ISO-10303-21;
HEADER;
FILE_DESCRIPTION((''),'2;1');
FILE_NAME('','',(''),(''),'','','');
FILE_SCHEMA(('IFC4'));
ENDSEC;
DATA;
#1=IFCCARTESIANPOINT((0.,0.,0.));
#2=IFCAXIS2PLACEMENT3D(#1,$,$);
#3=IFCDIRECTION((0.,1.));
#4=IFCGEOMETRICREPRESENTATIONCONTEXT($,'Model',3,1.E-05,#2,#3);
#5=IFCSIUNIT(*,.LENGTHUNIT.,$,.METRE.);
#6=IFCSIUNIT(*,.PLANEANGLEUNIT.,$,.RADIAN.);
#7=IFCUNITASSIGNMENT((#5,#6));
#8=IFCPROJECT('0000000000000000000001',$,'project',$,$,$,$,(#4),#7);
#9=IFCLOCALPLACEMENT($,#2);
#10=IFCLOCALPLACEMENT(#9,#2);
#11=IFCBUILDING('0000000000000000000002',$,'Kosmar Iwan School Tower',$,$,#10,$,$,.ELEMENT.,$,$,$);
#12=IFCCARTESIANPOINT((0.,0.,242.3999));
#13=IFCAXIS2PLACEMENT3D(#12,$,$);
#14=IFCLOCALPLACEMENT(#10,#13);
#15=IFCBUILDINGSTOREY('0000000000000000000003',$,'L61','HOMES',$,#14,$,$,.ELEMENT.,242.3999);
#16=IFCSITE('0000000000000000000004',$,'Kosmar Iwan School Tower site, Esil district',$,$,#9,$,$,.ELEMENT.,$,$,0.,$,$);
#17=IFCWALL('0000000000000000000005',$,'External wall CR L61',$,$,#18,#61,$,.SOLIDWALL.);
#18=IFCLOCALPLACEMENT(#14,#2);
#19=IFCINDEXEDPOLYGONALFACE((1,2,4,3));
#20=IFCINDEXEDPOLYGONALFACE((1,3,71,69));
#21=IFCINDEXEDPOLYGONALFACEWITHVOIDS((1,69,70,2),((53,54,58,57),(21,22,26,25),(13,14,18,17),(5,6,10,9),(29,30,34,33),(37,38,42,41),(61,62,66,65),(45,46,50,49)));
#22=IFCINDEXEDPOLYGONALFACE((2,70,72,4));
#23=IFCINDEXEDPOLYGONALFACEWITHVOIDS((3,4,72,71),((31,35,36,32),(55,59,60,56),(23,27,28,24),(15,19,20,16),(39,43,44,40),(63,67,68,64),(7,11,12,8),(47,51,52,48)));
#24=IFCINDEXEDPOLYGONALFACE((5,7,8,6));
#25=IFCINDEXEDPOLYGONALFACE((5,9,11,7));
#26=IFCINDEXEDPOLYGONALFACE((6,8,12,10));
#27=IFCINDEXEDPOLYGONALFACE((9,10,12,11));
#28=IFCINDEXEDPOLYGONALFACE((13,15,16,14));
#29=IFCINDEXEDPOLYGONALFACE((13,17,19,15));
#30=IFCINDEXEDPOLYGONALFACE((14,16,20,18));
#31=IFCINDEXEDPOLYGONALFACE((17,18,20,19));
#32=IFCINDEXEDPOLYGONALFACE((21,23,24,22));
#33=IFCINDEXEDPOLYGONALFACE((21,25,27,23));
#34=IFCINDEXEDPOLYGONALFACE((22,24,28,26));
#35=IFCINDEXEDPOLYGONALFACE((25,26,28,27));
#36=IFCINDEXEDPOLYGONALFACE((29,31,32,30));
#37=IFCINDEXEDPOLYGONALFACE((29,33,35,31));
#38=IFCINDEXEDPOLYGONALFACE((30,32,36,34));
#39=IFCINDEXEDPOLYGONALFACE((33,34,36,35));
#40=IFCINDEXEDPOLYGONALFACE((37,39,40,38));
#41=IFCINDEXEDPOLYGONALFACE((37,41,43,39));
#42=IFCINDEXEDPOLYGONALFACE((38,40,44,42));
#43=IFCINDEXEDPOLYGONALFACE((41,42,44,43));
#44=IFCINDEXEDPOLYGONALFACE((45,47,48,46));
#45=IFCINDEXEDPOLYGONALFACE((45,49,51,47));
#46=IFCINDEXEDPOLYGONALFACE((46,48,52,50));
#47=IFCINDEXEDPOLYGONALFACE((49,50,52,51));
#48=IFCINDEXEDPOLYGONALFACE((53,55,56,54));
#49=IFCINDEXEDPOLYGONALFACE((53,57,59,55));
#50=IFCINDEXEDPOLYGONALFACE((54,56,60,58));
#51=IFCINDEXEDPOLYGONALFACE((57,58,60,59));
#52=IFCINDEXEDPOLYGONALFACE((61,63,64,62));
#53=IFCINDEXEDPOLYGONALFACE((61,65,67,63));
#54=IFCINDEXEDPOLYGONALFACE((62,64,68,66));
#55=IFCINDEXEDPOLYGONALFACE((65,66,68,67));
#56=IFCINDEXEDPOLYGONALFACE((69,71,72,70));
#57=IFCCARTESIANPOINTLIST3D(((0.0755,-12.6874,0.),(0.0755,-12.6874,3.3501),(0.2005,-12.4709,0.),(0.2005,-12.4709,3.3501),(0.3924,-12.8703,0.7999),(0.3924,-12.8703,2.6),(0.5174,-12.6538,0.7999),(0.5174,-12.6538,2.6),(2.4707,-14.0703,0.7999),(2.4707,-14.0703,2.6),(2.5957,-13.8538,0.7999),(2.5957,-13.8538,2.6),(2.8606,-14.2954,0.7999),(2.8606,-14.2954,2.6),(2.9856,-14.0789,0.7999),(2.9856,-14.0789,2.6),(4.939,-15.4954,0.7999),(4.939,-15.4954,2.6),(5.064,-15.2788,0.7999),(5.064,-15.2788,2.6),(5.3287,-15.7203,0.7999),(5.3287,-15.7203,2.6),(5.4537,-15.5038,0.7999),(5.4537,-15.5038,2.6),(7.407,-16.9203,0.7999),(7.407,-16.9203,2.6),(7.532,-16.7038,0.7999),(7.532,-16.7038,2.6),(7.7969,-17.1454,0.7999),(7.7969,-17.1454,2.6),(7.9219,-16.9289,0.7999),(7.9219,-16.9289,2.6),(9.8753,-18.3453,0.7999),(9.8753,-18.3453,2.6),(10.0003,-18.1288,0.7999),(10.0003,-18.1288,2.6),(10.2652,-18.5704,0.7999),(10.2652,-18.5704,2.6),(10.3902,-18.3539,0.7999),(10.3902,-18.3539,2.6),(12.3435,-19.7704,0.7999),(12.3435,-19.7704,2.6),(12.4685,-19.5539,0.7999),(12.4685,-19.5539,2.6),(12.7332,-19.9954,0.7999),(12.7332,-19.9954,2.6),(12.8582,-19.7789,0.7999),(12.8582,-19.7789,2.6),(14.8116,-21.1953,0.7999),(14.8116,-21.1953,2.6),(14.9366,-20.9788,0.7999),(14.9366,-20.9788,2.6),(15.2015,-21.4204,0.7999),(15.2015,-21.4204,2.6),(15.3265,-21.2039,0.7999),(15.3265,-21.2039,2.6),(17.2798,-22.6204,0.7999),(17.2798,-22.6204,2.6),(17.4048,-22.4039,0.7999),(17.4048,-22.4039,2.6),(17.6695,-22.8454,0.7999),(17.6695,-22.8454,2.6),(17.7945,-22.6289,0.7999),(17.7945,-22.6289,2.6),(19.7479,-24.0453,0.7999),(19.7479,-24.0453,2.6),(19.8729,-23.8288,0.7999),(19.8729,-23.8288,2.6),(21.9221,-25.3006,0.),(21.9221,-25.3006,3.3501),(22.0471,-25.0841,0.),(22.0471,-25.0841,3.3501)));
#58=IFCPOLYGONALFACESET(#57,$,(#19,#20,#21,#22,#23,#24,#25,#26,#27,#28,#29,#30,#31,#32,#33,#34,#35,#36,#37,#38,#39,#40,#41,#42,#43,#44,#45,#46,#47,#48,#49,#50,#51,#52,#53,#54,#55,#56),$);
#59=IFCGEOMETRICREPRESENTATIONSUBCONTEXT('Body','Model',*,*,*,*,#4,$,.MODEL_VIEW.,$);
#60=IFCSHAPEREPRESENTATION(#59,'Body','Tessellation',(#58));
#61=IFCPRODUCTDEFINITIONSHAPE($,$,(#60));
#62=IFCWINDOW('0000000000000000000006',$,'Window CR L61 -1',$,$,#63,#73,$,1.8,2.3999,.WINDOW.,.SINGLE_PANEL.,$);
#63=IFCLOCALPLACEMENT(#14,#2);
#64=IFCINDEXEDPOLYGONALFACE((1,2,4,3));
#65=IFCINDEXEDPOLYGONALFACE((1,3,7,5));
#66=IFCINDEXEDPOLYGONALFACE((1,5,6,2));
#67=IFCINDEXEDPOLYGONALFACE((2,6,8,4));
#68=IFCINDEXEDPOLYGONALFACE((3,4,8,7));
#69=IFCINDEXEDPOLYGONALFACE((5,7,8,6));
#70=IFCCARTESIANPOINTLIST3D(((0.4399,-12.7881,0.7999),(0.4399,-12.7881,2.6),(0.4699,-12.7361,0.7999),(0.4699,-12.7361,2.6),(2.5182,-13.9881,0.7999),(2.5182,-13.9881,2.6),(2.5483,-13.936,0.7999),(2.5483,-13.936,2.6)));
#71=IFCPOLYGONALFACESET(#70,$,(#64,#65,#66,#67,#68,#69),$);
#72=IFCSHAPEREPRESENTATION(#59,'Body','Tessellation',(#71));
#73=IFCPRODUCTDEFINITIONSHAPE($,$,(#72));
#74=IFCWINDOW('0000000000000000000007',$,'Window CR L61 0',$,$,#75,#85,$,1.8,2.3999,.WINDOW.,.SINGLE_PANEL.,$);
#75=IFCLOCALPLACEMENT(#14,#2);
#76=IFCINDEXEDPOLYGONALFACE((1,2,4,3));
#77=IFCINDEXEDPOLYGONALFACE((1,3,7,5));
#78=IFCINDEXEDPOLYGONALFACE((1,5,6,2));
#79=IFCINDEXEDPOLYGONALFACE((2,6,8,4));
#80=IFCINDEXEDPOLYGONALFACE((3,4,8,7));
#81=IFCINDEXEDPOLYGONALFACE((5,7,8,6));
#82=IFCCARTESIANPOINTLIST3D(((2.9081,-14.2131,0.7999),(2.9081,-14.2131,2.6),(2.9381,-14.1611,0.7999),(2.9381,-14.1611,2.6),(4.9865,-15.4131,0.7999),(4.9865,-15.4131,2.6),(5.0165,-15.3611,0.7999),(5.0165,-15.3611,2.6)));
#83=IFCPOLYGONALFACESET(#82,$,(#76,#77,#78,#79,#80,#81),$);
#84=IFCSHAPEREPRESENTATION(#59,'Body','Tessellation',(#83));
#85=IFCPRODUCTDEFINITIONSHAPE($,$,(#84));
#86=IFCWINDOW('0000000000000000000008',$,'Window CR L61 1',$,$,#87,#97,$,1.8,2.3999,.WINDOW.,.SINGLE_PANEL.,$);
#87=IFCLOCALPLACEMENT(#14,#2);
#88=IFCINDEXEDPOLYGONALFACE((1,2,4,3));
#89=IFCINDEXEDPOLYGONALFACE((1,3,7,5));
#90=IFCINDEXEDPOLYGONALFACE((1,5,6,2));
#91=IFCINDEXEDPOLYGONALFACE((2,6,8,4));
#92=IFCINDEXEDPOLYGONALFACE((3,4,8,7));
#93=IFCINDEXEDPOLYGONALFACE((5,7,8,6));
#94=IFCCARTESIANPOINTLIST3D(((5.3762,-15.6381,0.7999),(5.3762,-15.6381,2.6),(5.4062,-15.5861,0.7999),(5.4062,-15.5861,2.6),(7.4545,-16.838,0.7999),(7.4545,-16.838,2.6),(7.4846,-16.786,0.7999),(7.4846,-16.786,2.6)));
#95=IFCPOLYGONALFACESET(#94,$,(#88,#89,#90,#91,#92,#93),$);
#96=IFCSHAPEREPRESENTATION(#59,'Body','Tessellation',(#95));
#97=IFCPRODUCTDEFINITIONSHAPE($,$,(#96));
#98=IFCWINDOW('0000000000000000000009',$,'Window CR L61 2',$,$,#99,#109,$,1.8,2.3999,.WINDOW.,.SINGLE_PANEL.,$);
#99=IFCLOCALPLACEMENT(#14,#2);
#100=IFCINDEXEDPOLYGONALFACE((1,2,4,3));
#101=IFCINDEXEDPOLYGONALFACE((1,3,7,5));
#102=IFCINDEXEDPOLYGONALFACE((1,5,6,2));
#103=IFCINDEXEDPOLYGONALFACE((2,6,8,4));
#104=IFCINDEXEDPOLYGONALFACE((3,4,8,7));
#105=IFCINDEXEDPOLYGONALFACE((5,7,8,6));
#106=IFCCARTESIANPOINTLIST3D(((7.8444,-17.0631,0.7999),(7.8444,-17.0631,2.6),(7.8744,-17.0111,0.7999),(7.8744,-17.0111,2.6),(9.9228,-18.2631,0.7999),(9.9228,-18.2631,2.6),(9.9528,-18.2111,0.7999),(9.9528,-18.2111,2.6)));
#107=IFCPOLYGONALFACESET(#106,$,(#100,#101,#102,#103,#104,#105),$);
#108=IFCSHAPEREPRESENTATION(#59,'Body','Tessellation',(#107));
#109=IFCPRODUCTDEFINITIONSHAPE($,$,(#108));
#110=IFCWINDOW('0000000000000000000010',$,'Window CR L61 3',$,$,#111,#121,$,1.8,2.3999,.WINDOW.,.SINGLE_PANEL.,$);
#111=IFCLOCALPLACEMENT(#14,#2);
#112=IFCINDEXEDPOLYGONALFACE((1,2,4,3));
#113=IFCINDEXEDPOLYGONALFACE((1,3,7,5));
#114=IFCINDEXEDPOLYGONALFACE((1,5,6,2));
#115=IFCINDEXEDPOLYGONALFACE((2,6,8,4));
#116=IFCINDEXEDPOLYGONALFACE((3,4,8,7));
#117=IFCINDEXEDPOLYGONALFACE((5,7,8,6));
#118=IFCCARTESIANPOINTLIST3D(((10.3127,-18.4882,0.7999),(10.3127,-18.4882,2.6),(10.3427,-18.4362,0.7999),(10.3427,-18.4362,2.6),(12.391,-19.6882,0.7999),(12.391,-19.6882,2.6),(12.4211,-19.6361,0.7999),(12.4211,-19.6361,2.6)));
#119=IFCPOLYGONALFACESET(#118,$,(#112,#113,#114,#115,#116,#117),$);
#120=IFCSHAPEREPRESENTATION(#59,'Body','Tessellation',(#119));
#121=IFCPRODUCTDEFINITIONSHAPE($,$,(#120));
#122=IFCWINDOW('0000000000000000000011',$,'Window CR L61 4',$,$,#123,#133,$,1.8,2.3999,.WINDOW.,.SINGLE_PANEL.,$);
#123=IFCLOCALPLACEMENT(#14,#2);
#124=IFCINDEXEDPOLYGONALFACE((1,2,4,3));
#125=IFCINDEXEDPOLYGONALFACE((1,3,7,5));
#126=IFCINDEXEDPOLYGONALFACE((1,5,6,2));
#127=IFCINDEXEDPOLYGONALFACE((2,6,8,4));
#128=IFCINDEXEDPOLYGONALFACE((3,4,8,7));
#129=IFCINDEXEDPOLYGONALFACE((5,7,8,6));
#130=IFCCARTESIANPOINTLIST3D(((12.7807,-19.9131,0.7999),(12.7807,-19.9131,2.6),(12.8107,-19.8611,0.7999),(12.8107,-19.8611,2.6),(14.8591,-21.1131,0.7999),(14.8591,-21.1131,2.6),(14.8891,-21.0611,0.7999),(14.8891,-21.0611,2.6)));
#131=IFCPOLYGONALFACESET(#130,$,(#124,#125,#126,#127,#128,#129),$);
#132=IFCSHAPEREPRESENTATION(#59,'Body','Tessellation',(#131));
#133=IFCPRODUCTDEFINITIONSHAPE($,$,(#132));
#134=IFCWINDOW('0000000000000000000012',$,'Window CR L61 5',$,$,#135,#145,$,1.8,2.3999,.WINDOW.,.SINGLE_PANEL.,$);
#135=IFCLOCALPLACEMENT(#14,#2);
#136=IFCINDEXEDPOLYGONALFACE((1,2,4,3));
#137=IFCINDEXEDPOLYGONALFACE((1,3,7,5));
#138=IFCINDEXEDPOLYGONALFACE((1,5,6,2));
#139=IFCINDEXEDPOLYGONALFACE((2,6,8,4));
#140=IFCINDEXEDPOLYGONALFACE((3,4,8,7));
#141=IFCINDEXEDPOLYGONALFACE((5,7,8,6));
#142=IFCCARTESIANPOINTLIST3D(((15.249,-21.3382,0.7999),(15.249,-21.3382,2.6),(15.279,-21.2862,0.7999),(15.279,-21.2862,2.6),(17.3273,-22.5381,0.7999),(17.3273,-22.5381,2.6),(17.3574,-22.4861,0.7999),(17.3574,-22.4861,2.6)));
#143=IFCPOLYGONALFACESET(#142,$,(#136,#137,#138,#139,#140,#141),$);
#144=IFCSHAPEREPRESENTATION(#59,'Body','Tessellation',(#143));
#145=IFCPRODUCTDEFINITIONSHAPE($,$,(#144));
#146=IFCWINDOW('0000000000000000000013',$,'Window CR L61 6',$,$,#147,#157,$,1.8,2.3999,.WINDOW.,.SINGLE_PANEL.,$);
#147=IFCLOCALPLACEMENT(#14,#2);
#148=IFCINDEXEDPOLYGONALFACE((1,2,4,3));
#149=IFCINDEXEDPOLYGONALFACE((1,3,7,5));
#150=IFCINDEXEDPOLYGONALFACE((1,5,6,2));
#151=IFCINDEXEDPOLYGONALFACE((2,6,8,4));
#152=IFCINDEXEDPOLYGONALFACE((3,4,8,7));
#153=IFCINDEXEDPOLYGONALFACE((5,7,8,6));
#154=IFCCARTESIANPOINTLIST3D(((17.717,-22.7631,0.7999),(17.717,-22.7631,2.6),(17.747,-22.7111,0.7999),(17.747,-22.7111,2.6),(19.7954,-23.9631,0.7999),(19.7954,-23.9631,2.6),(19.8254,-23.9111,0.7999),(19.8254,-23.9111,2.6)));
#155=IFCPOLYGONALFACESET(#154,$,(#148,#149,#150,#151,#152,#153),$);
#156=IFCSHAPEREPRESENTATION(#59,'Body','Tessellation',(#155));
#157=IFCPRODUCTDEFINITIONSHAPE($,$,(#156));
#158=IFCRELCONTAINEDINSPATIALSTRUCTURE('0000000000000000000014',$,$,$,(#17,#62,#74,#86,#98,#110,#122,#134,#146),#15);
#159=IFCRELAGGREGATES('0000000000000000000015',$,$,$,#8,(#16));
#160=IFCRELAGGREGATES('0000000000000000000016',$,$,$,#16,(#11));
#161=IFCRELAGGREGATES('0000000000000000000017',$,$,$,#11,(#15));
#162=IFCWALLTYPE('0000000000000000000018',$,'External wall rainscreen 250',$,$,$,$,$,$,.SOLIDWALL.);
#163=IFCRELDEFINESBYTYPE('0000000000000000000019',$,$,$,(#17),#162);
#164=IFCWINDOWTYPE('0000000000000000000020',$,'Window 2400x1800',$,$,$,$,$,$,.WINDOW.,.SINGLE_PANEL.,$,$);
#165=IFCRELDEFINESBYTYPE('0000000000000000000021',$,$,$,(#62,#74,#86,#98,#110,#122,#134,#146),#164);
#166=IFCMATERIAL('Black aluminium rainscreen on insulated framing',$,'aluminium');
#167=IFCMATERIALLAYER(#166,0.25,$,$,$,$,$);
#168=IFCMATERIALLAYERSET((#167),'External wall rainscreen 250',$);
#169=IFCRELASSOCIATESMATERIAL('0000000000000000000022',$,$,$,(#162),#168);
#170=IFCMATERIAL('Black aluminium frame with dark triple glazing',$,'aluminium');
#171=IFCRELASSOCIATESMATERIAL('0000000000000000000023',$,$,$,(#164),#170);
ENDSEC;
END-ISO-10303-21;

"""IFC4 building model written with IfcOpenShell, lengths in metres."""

from ifc_helpers import new_model, si_unit, direction, frame, frame_2d, origin, place, context, subcontext, project, spatial, rectangle, extrude, material, layer, layer_set, type_object, element, fill, save


model = new_model("IFC4")

# Units and contexts
model_context = context("Model", 3, precision=1e-05, world=origin(), true_north=direction((0.0, 1.0)))
body_context = subcontext(model_context, "Body", "Model", "MODEL_VIEW")
ifc_project = project(units=[si_unit("LENGTHUNIT", "METRE"), si_unit("PLANEANGLEUNIT", "RADIAN")], contexts=[model_context])

# Site, building, storey
site_placement = place(None, origin())
site = spatial("IfcSite", under=ifc_project, at=site_placement, Name="Kosmar Iwan School Tower site, Esil district", CompositionType="ELEMENT", RefElevation=0.0)
building_placement = place(site_placement, origin())
building = spatial("IfcBuilding", under=site, at=building_placement, Name="Kosmar Iwan School Tower", CompositionType="ELEMENT")
storey_placement = place(building_placement, frame((0.0, 0.0, 242.3999)))
storey = spatial("IfcBuildingStorey", under=building, at=storey_placement, Name="L61", Description="HOMES", CompositionType="ELEMENT", Elevation=242.3999)

# Wall, openings, windows
ifc_material_1 = material(Name="Black aluminium rainscreen on insulated framing", Category="aluminium")
ifc_layer_1 = layer(ifc_material_1, 0.25)
ifc_layer_set_1 = layer_set([ifc_layer_1], Name="External wall rainscreen 250")
wall_type_1 = type_object("IfcWallType", Name="External wall rainscreen 250", PredefinedType="SOLIDWALL", material=ifc_layer_set_1)
ifc_material_2 = material(Name="Black aluminium frame with dark triple glazing", Category="aluminium")
window_type = type_object("IfcWindowType", Name="Window 2400x1800", PartitioningType="SINGLE_PANEL", PredefinedType="WINDOW", material=ifc_material_2)
wall_1_placement = place(storey_placement, frame((0.1379, -12.5791, 0.0), z_axis=(0.0, 0.0, 1.0), x_axis=(0.866024, -0.500003, 0.0)))
wall_1 = element("IfcWall", 1, at=wall_1_placement, inside=storey, type_object=wall_type_1, Name="External wall CR L61", PredefinedType="SOLIDWALL", context=body_context, shape_type="SweptSolid", body=[
    extrude(rectangle(XDim=25.2263, YDim=0.25, at=frame_2d((12.6133, 0.0))), origin(), (0.0, 0.0, 1.0), 3.3501),
])
opening_1_placement = place(wall_1_placement, frame((0.366, 0.0, 0.8)))
opening_1 = element("IfcOpeningElement", 2, at=opening_1_placement, cuts=wall_1, PredefinedType="OPENING", context=body_context, shape_type="SweptSolid", body=[
    extrude(rectangle(XDim=2.3999, YDim=1.8, at=frame_2d((1.2, 0.8999))), frame((0.0, 0.137, 0.0), z_axis=(0.0, -1.0, 0.0), x_axis=(1.0, 0.0, 0.0)), (0.0, 0.0, 1.0), 0.2739),
])
opening_2_placement = place(wall_1_placement, frame((3.2161, 0.0, 0.8)))
opening_2 = element("IfcOpeningElement", 3, at=opening_2_placement, cuts=wall_1, PredefinedType="OPENING", context=body_context, shape_type="SweptSolid", body=[
    extrude(rectangle(XDim=2.3999, YDim=1.8, at=frame_2d((1.2, 0.8999))), frame((0.0, 0.137, 0.0), z_axis=(0.0, -1.0, 0.0), x_axis=(1.0, 0.0, 0.0)), (0.0, 0.0, 1.0), 0.2739),
])
opening_3_placement = place(wall_1_placement, frame((6.0659, 0.0, 0.8)))
opening_3 = element("IfcOpeningElement", 4, at=opening_3_placement, cuts=wall_1, PredefinedType="OPENING", context=body_context, shape_type="SweptSolid", body=[
    extrude(rectangle(XDim=2.3999, YDim=1.8, at=frame_2d((1.2, 0.8999))), frame((0.0, 0.137, 0.0), z_axis=(0.0, -1.0, 0.0), x_axis=(1.0, 0.0, 0.0)), (0.0, 0.0, 1.0), 0.2739),
])
opening_4_placement = place(wall_1_placement, frame((8.916, 0.0, 0.8)))
opening_4 = element("IfcOpeningElement", 5, at=opening_4_placement, cuts=wall_1, PredefinedType="OPENING", context=body_context, shape_type="SweptSolid", body=[
    extrude(rectangle(XDim=2.3999, YDim=1.8, at=frame_2d((1.2, 0.8999))), frame((0.0, 0.137, 0.0), z_axis=(0.0, -1.0, 0.0), x_axis=(1.0, 0.0, 0.0)), (0.0, 0.0, 1.0), 0.2739),
])
opening_5_placement = place(wall_1_placement, frame((11.7661, 0.0, 0.8)))
opening_5 = element("IfcOpeningElement", 6, at=opening_5_placement, cuts=wall_1, PredefinedType="OPENING", context=body_context, shape_type="SweptSolid", body=[
    extrude(rectangle(XDim=2.3999, YDim=1.8, at=frame_2d((1.2, 0.8999))), frame((0.0, 0.137, 0.0), z_axis=(0.0, -1.0, 0.0), x_axis=(1.0, 0.0, 0.0)), (0.0, 0.0, 1.0), 0.2739),
])
opening_6_placement = place(wall_1_placement, frame((14.616, 0.0, 0.8)))
opening_6 = element("IfcOpeningElement", 7, at=opening_6_placement, cuts=wall_1, PredefinedType="OPENING", context=body_context, shape_type="SweptSolid", body=[
    extrude(rectangle(XDim=2.3999, YDim=1.8, at=frame_2d((1.2, 0.8999))), frame((0.0, 0.137, 0.0), z_axis=(0.0, -1.0, 0.0), x_axis=(1.0, 0.0, 0.0)), (0.0, 0.0, 1.0), 0.2739),
])
opening_7_placement = place(wall_1_placement, frame((17.4661, 0.0, 0.8)))
opening_7 = element("IfcOpeningElement", 8, at=opening_7_placement, cuts=wall_1, PredefinedType="OPENING", context=body_context, shape_type="SweptSolid", body=[
    extrude(rectangle(XDim=2.3999, YDim=1.8, at=frame_2d((1.2, 0.8999))), frame((0.0, 0.137, 0.0), z_axis=(0.0, -1.0, 0.0), x_axis=(1.0, 0.0, 0.0)), (0.0, 0.0, 1.0), 0.2739),
])
opening_8_placement = place(wall_1_placement, frame((20.3159, 0.0, 0.8)))
opening_8 = element("IfcOpeningElement", 9, at=opening_8_placement, cuts=wall_1, PredefinedType="OPENING", context=body_context, shape_type="SweptSolid", body=[
    extrude(rectangle(XDim=2.3999, YDim=1.8, at=frame_2d((1.2, 0.8999))), frame((0.0, 0.137, 0.0), z_axis=(0.0, -1.0, 0.0), x_axis=(1.0, 0.0, 0.0)), (0.0, 0.0, 1.0), 0.2739),
])
window_1_placement = place(opening_1_placement, origin())
window_1 = element("IfcWindow", 10, at=window_1_placement, inside=storey, type_object=window_type, Name="Window CR L61 -1", OverallHeight=1.8, OverallWidth=2.3999, PartitioningType="SINGLE_PANEL", PredefinedType="WINDOW", context=body_context, shape_type="SweptSolid", body=[
    extrude(rectangle(XDim=2.3999, YDim=1.8, at=frame_2d((1.2, 0.8999))), frame((0.0, 0.03, 0.0), z_axis=(0.0, -1.0, 0.0), x_axis=(1.0, 0.0, 0.0)), (0.0, 0.0, 1.0), 0.0601),
])
fill(opening_1, window_1)
window_2_placement = place(opening_2_placement, origin())
window_2 = element("IfcWindow", 11, at=window_2_placement, inside=storey, type_object=window_type, Name="Window CR L61 0", OverallHeight=1.8, OverallWidth=2.3999, PartitioningType="SINGLE_PANEL", PredefinedType="WINDOW", context=body_context, shape_type="SweptSolid", body=[
    extrude(rectangle(XDim=2.3999, YDim=1.8, at=frame_2d((1.2, 0.8999))), frame((0.0, 0.03, 0.0), z_axis=(0.0, -1.0, 0.0), x_axis=(1.0, 0.0, 0.0)), (0.0, 0.0, 1.0), 0.0601),
])
fill(opening_2, window_2)
window_3_placement = place(opening_3_placement, origin())
window_3 = element("IfcWindow", 12, at=window_3_placement, inside=storey, type_object=window_type, Name="Window CR L61 1", OverallHeight=1.8, OverallWidth=2.3999, PartitioningType="SINGLE_PANEL", PredefinedType="WINDOW", context=body_context, shape_type="SweptSolid", body=[
    extrude(rectangle(XDim=2.3999, YDim=1.8, at=frame_2d((1.2, 0.8999))), frame((0.0, 0.03, 0.0), z_axis=(0.0, -1.0, 0.0), x_axis=(1.0, 0.0, 0.0)), (0.0, 0.0, 1.0), 0.0601),
])
fill(opening_3, window_3)
window_4_placement = place(opening_4_placement, origin())
window_4 = element("IfcWindow", 13, at=window_4_placement, inside=storey, type_object=window_type, Name="Window CR L61 2", OverallHeight=1.8, OverallWidth=2.3999, PartitioningType="SINGLE_PANEL", PredefinedType="WINDOW", context=body_context, shape_type="SweptSolid", body=[
    extrude(rectangle(XDim=2.3999, YDim=1.8, at=frame_2d((1.2, 0.8999))), frame((0.0, 0.03, 0.0), z_axis=(0.0, -1.0, 0.0), x_axis=(1.0, 0.0, 0.0)), (0.0, 0.0, 1.0), 0.0601),
])
fill(opening_4, window_4)
window_5_placement = place(opening_5_placement, origin())
window_5 = element("IfcWindow", 14, at=window_5_placement, inside=storey, type_object=window_type, Name="Window CR L61 3", OverallHeight=1.8, OverallWidth=2.3999, PartitioningType="SINGLE_PANEL", PredefinedType="WINDOW", context=body_context, shape_type="SweptSolid", body=[
    extrude(rectangle(XDim=2.3999, YDim=1.8, at=frame_2d((1.2, 0.8999))), frame((0.0, 0.03, 0.0), z_axis=(0.0, -1.0, 0.0), x_axis=(1.0, 0.0, 0.0)), (0.0, 0.0, 1.0), 0.0601),
])
fill(opening_5, window_5)
window_6_placement = place(opening_6_placement, origin())
window_6 = element("IfcWindow", 15, at=window_6_placement, inside=storey, type_object=window_type, Name="Window CR L61 4", OverallHeight=1.8, OverallWidth=2.3999, PartitioningType="SINGLE_PANEL", PredefinedType="WINDOW", context=body_context, shape_type="SweptSolid", body=[
    extrude(rectangle(XDim=2.3999, YDim=1.8, at=frame_2d((1.2, 0.8999))), frame((0.0, 0.03, 0.0), z_axis=(0.0, -1.0, 0.0), x_axis=(1.0, 0.0, 0.0)), (0.0, 0.0, 1.0), 0.0601),
])
fill(opening_6, window_6)
window_7_placement = place(opening_7_placement, origin())
window_7 = element("IfcWindow", 16, at=window_7_placement, inside=storey, type_object=window_type, Name="Window CR L61 5", OverallHeight=1.8, OverallWidth=2.3999, PartitioningType="SINGLE_PANEL", PredefinedType="WINDOW", context=body_context, shape_type="SweptSolid", body=[
    extrude(rectangle(XDim=2.3999, YDim=1.8, at=frame_2d((1.2, 0.8999))), frame((0.0, 0.03, 0.0), z_axis=(0.0, -1.0, 0.0), x_axis=(1.0, 0.0, 0.0)), (0.0, 0.0, 1.0), 0.0601),
])
fill(opening_7, window_7)
window_8_placement = place(opening_8_placement, origin())
window_8 = element("IfcWindow", 17, at=window_8_placement, inside=storey, type_object=window_type, Name="Window CR L61 6", OverallHeight=1.8, OverallWidth=2.3999, PartitioningType="SINGLE_PANEL", PredefinedType="WINDOW", context=body_context, shape_type="SweptSolid", body=[
    extrude(rectangle(XDim=2.3999, YDim=1.8, at=frame_2d((1.2, 0.8999))), frame((0.0, 0.03, 0.0), z_axis=(0.0, -1.0, 0.0), x_axis=(1.0, 0.0, 0.0)), (0.0, 0.0, 1.0), 0.0601),
])
fill(opening_8, window_8)

save(model, "model.ifc")
